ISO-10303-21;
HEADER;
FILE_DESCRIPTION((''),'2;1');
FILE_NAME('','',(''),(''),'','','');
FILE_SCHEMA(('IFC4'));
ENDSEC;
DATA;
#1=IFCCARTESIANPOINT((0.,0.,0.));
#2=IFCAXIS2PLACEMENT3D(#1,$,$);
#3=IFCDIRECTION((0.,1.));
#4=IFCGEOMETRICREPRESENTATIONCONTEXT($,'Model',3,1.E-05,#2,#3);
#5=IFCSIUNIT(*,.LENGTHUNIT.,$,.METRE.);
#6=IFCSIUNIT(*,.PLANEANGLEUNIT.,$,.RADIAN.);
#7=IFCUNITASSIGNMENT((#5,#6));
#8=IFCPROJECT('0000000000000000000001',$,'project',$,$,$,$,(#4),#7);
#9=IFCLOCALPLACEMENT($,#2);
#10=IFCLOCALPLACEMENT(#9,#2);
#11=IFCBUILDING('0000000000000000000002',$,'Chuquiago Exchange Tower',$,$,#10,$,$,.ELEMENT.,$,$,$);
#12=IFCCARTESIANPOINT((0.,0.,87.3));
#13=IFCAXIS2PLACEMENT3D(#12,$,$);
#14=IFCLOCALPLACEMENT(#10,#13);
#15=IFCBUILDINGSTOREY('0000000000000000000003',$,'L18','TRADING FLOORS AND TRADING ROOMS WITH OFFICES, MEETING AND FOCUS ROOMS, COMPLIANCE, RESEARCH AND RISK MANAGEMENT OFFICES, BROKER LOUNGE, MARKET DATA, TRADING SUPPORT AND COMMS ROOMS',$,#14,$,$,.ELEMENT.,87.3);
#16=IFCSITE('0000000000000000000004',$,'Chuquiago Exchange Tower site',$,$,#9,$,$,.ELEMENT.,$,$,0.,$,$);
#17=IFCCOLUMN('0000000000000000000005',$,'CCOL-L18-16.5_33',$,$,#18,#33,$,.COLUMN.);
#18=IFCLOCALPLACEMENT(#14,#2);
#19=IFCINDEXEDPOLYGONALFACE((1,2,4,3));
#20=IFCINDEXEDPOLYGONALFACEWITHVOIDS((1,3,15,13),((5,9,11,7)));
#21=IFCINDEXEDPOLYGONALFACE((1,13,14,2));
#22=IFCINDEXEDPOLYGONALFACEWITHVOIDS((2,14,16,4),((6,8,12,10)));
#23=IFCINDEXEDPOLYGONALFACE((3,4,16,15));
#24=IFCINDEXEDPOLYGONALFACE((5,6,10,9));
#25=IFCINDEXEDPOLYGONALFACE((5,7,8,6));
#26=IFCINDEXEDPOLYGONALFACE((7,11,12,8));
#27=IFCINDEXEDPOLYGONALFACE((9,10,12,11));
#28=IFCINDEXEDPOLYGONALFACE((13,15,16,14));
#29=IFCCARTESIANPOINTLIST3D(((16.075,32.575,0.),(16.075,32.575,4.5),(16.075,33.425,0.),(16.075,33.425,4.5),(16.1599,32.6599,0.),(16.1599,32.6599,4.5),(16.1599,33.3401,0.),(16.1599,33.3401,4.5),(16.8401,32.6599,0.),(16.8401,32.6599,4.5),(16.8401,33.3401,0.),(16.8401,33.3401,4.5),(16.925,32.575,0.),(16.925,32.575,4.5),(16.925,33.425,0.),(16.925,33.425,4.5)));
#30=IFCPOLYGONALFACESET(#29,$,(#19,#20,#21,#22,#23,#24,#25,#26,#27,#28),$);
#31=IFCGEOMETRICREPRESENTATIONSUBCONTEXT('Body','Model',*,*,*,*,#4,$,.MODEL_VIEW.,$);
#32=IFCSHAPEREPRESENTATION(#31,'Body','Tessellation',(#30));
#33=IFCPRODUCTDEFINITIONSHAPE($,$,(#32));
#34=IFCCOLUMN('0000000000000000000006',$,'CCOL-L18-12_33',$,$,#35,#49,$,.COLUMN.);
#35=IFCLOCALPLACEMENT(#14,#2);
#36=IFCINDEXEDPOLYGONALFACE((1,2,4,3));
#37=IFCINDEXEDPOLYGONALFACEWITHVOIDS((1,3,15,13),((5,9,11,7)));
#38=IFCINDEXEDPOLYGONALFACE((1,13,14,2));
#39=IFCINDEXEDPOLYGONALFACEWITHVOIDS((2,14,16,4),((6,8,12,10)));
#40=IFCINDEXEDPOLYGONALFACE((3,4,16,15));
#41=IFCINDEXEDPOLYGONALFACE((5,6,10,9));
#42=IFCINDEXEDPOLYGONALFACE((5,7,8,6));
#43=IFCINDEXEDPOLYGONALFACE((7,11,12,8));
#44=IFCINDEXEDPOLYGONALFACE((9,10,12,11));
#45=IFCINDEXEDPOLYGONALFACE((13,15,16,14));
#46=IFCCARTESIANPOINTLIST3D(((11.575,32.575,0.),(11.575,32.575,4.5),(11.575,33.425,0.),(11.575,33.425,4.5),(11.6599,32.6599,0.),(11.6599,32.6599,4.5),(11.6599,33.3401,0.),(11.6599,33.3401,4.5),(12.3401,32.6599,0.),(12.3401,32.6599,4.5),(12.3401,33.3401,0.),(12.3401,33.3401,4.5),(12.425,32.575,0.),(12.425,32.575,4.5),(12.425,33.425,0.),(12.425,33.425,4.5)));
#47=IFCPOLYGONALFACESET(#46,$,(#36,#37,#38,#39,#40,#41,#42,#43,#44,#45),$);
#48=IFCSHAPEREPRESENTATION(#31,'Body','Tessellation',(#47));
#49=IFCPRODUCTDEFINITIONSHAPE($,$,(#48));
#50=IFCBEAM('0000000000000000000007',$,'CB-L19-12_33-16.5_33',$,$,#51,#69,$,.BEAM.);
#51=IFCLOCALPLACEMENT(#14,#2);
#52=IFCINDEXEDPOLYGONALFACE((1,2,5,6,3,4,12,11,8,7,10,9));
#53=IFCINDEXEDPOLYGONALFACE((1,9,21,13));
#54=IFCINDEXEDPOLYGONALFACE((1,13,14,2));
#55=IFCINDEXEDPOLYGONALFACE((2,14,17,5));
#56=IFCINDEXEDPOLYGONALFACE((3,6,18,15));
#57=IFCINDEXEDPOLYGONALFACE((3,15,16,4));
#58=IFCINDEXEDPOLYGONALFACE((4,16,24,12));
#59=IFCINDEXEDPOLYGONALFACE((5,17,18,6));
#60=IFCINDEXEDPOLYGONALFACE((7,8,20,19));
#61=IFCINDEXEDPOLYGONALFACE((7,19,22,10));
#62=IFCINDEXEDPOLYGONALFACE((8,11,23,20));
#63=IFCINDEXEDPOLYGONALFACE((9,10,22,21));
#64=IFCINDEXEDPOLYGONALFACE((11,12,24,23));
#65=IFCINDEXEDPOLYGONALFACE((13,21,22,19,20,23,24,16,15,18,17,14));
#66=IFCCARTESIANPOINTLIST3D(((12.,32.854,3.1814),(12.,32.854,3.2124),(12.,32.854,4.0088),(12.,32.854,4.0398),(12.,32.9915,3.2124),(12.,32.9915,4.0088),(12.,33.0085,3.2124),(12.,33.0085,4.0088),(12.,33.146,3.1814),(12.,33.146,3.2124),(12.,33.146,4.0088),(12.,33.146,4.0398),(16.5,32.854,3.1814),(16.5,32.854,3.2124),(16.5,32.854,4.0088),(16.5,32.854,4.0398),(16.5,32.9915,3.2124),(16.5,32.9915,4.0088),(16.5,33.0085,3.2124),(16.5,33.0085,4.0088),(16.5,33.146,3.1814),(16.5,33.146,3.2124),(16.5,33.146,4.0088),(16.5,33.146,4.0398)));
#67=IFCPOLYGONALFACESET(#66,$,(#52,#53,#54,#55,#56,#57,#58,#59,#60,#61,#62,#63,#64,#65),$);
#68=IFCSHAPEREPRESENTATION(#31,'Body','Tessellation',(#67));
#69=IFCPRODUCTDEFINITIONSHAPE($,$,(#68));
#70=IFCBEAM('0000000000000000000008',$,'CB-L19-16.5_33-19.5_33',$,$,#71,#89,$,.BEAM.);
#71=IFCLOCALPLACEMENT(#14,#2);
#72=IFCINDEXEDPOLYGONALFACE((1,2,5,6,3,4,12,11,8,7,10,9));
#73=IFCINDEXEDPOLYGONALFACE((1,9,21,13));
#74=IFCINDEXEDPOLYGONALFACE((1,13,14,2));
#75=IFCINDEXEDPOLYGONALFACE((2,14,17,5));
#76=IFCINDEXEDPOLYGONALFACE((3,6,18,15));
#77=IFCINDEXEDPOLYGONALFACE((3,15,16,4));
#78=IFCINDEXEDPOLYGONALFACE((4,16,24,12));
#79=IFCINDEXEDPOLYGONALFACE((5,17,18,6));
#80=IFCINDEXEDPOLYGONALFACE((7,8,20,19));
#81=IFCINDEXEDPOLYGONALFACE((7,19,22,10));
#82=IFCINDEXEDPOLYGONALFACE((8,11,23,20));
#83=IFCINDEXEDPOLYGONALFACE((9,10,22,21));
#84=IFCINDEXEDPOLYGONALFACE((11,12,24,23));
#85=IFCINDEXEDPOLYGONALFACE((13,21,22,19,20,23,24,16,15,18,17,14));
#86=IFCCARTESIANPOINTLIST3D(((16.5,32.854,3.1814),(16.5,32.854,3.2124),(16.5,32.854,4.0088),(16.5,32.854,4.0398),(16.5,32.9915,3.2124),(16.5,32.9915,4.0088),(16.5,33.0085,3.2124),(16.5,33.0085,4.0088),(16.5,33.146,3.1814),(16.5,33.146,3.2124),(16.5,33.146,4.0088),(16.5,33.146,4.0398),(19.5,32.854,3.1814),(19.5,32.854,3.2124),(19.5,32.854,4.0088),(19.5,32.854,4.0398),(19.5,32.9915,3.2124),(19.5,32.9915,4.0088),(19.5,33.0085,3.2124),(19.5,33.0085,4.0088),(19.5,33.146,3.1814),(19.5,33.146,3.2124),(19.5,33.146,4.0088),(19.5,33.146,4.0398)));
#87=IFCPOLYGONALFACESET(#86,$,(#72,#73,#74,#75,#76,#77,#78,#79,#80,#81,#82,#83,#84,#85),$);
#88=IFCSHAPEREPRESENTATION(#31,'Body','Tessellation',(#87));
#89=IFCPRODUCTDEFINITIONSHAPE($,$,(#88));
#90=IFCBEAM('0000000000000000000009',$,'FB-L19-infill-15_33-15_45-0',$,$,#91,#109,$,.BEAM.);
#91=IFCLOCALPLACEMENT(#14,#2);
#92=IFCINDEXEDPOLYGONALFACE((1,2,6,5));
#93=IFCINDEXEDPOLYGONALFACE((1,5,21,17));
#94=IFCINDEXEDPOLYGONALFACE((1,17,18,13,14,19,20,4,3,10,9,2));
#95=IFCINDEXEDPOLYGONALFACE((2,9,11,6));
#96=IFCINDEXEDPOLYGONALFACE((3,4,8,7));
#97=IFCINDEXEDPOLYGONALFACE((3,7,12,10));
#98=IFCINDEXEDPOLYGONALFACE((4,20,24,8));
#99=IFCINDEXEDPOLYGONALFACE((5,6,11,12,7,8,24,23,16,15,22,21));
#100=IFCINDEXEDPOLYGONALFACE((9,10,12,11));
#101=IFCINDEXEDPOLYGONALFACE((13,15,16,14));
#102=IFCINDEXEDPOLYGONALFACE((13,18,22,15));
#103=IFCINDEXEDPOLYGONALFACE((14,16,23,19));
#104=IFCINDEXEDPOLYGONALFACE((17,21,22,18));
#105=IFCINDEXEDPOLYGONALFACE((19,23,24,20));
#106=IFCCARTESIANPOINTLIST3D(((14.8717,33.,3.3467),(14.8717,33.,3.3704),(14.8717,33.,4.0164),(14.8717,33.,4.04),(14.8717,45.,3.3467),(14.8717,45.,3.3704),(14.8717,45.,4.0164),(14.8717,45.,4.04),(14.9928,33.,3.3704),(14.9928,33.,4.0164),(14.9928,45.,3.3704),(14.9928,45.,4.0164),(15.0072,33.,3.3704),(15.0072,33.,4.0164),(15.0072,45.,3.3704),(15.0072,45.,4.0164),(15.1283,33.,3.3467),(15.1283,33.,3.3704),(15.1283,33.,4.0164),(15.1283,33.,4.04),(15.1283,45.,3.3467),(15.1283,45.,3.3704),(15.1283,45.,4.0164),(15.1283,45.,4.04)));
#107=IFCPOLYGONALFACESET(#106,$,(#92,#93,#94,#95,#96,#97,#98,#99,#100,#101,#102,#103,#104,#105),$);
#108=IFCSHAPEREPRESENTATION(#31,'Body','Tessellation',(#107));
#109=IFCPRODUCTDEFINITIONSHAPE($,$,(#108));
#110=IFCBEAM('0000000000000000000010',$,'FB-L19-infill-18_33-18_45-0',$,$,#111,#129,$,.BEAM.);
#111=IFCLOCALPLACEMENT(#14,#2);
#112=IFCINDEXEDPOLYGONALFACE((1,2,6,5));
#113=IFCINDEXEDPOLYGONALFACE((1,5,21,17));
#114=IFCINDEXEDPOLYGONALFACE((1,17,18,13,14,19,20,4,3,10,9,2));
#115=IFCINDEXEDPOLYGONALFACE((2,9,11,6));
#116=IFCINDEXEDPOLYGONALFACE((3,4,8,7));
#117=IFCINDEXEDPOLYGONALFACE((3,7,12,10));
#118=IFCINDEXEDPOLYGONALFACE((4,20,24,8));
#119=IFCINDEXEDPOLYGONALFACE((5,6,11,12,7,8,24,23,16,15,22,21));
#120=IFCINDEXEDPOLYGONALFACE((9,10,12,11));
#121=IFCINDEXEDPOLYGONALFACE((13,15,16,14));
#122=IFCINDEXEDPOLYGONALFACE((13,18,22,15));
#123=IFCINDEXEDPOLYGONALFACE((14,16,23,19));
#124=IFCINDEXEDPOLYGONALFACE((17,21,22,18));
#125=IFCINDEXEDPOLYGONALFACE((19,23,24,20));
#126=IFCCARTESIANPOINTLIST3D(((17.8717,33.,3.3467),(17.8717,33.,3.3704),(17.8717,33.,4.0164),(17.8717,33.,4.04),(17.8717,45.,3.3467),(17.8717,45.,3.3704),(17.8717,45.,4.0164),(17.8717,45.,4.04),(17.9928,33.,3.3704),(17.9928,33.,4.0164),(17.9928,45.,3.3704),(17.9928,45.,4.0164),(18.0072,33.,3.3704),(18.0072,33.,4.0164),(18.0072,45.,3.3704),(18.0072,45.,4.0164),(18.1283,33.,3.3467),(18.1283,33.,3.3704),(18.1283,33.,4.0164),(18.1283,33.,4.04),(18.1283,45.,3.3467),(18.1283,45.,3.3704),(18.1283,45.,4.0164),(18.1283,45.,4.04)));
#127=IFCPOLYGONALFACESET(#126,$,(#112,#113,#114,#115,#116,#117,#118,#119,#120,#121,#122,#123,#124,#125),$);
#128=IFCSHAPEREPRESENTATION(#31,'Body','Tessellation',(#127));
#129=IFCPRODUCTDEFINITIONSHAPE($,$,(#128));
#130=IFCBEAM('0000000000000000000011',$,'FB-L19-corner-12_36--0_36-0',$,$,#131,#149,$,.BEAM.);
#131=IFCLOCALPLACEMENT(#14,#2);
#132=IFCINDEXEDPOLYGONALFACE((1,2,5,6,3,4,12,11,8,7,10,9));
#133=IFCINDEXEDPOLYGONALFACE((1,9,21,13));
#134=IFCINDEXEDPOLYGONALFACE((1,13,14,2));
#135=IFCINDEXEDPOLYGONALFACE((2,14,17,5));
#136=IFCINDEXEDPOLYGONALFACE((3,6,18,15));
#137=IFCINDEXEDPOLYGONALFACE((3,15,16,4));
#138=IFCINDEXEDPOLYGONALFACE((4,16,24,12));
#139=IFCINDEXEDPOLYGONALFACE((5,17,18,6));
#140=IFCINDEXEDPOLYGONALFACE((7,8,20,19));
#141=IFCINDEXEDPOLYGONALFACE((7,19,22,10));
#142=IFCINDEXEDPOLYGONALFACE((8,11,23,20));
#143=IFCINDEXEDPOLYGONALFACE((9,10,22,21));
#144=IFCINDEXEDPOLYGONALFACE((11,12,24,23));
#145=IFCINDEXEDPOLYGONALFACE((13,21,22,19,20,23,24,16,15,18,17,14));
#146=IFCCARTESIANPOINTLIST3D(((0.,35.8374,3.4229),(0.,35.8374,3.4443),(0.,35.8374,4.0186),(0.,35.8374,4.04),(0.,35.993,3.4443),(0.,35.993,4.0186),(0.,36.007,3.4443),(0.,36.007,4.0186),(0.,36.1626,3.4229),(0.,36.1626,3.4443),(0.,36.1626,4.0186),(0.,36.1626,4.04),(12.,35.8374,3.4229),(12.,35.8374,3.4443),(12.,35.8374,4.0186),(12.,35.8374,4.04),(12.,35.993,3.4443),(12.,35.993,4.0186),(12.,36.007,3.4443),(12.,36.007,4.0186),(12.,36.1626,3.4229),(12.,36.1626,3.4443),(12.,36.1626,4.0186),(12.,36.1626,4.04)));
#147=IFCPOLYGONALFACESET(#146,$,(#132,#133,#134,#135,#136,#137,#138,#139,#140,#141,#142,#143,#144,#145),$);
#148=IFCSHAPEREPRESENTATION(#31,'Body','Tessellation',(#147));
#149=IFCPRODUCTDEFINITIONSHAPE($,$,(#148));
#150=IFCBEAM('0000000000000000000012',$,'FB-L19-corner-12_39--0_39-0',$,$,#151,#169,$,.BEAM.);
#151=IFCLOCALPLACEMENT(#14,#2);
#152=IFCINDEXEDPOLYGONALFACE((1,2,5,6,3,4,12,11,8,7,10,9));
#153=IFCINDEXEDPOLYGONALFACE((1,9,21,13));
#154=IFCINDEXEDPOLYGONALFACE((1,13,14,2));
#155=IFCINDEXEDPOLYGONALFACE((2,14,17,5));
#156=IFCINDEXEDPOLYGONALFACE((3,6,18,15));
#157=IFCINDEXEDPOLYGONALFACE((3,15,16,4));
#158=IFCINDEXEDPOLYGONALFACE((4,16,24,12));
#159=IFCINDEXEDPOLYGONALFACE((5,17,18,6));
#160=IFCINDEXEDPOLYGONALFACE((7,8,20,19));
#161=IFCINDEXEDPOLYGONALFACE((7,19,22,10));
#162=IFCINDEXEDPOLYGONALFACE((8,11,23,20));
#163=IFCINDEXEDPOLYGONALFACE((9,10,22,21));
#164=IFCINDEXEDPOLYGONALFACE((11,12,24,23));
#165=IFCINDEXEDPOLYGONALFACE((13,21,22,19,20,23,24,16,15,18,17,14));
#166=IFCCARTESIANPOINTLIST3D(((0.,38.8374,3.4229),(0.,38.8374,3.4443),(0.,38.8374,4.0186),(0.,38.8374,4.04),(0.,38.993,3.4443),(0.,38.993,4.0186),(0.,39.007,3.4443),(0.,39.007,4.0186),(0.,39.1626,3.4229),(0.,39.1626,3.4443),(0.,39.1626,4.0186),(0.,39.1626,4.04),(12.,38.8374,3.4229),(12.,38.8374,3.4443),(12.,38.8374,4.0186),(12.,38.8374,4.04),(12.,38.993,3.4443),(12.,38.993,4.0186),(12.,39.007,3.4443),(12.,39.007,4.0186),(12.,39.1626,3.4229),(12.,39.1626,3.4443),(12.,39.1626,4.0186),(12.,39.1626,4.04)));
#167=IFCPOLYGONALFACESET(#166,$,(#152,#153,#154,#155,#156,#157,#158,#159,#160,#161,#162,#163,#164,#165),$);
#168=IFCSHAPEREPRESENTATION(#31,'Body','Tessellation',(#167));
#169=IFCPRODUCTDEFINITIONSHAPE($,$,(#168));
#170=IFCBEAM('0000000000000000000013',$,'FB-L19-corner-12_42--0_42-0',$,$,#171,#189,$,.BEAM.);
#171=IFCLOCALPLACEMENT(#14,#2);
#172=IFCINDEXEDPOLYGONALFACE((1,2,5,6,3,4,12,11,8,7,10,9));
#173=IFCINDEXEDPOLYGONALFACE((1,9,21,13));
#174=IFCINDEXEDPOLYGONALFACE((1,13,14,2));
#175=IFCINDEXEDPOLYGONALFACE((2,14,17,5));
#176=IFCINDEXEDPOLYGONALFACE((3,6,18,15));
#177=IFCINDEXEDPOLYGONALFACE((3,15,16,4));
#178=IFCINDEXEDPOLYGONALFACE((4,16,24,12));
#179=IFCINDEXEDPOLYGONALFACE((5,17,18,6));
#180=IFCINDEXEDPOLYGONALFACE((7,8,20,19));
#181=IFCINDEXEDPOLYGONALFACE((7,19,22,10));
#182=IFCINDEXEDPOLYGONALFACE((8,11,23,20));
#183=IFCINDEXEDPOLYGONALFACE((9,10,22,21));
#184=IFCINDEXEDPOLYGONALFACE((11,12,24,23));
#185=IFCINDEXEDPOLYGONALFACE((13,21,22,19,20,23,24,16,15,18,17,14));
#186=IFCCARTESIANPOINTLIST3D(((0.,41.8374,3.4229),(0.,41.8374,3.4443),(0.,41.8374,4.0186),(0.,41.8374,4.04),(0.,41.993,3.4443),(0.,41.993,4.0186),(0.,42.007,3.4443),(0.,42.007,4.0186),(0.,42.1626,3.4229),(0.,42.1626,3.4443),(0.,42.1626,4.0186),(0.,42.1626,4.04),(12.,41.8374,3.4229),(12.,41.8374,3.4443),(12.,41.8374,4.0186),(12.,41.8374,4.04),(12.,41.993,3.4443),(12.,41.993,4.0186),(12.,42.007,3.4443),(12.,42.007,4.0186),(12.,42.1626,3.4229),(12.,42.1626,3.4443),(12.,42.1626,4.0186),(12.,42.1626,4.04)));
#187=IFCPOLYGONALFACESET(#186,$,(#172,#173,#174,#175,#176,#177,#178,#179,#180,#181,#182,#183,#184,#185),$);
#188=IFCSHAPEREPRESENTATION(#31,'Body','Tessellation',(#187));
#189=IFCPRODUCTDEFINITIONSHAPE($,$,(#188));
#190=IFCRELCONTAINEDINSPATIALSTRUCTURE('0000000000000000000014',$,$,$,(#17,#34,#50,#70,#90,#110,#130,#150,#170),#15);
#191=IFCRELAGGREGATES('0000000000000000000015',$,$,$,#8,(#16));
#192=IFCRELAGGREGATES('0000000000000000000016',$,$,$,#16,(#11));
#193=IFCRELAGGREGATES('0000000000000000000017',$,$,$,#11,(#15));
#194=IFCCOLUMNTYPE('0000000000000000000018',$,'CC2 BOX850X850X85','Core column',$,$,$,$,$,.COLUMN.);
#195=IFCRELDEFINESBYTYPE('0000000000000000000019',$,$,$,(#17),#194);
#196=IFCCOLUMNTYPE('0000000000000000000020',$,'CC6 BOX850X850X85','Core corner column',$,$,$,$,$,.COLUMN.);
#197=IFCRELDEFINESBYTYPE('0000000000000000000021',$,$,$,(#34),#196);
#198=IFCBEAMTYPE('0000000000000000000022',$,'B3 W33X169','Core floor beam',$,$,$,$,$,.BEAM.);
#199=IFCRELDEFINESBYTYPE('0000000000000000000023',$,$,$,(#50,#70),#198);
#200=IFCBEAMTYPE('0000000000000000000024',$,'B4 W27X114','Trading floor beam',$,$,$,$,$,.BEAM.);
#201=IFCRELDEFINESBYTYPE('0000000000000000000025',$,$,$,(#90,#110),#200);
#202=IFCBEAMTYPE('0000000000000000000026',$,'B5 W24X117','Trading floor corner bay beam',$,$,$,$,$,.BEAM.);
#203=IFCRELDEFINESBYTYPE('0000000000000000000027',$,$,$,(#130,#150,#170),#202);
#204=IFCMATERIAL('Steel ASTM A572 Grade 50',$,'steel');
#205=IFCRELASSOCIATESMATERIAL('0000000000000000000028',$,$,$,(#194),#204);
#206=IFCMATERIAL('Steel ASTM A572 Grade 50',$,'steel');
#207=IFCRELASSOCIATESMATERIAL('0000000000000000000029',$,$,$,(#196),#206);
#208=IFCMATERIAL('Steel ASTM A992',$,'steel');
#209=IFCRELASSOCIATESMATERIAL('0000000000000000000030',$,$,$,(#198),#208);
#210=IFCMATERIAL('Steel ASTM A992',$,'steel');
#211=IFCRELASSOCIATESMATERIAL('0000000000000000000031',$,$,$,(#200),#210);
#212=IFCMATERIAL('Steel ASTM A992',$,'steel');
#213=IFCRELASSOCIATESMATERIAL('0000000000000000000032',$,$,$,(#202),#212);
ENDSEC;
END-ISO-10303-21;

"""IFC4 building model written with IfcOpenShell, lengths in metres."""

from ifc_helpers import new_model, si_unit, direction, frame, origin, origin_2d, place, context, subcontext, project, spatial, hollow_rectangle, i_section, extrude, material, material_profile, profile_set, type_object, element, save


model = new_model("IFC4")

# Units and contexts
model_context = context("Model", 3, precision=1e-05, world=origin(), true_north=direction((0.0, 1.0)))
body_context = subcontext(model_context, "Body", "Model", "MODEL_VIEW")
ifc_project = project(units=[si_unit("LENGTHUNIT", "METRE"), si_unit("PLANEANGLEUNIT", "RADIAN")], contexts=[model_context])

# Site, building, storey
site_placement = place(None, origin())
site = spatial("IfcSite", under=ifc_project, at=site_placement, Name="Chuquiago Exchange Tower site", CompositionType="ELEMENT", RefElevation=0.0)
building_placement = place(site_placement, origin())
building = spatial("IfcBuilding", under=site, at=building_placement, Name="Chuquiago Exchange Tower", CompositionType="ELEMENT")
storey_placement = place(building_placement, frame((0.0, 0.0, 87.3)))
storey = spatial("IfcBuildingStorey", under=building, at=storey_placement, Name="L18", Description="TRADING FLOORS AND TRADING ROOMS WITH OFFICES, MEETING AND FOCUS ROOMS, COMPLIANCE, RESEARCH AND RISK MANAGEMENT OFFICES, BROKER LOUNGE, MARKET DATA, TRADING SUPPORT AND COMMS ROOMS", CompositionType="ELEMENT", Elevation=87.3)

# Columns
ifc_material_1 = material(Name="Steel ASTM A572 Grade 50", Category="steel")
ifc_material_profile_1 = material_profile(ifc_material_1, hollow_rectangle(XDim=0.8501, YDim=0.8501, WallThickness=0.085, at=origin_2d()), Name="BOX850X850X85")
ifc_profile_set_1 = profile_set([ifc_material_profile_1], Name="Steel ASTM A572 Grade 50")
column_type_1 = type_object("IfcColumnType", Name="CC2 BOX850X850X85", Description="Core column", PredefinedType="COLUMN", material=ifc_profile_set_1)
column_1_placement = place(storey_placement, frame((16.5, 33.0, 0.0), z_axis=(0.0, 0.0, 1.0), x_axis=(1.0, 0.0, 0.0)))
element("IfcColumn", 1, at=column_1_placement, inside=storey, type_object=column_type_1, Name="CCOL-L18-16.5_33", PredefinedType="COLUMN", context=body_context, shape_type="SweptSolid", body=[
    extrude(hollow_rectangle(XDim=0.8501, YDim=0.8501, WallThickness=0.085, at=origin_2d()), origin(), (0.0, 0.0, 1.0), 4.5),
])
ifc_material_2 = material(Name="Steel ASTM A572 Grade 50", Category="steel")
ifc_material_profile_2 = material_profile(ifc_material_2, hollow_rectangle(XDim=0.8501, YDim=0.8501, WallThickness=0.085, at=origin_2d()), Name="BOX850X850X85")
ifc_profile_set_2 = profile_set([ifc_material_profile_2], Name="Steel ASTM A572 Grade 50")
column_type_2 = type_object("IfcColumnType", Name="CC6 BOX850X850X85", Description="Core corner column", PredefinedType="COLUMN", material=ifc_profile_set_2)
column_2_placement = place(storey_placement, frame((12.0, 33.0, 0.0), z_axis=(0.0, 0.0, 1.0), x_axis=(1.0, 0.0, 0.0)))
element("IfcColumn", 2, at=column_2_placement, inside=storey, type_object=column_type_2, Name="CCOL-L18-12_33", PredefinedType="COLUMN", context=body_context, shape_type="SweptSolid", body=[
    extrude(hollow_rectangle(XDim=0.8501, YDim=0.8501, WallThickness=0.085, at=origin_2d()), origin(), (0.0, 0.0, 1.0), 4.5),
])

# Beams
ifc_material_3 = material(Name="Steel ASTM A992", Category="steel")
ifc_material_profile_3 = material_profile(ifc_material_3, i_section(OverallWidth=0.292, OverallDepth=0.8584, WebThickness=0.0171, FlangeThickness=0.031, at=origin_2d()), Name="W33X169")
ifc_profile_set_3 = profile_set([ifc_material_profile_3], Name="Steel ASTM A992")
beam_type_1 = type_object("IfcBeamType", Name="B3 W33X169", Description="Core floor beam", PredefinedType="BEAM", material=ifc_profile_set_3)
beam_1_placement = place(storey_placement, frame((12.0, 33.0, 3.6106), z_axis=(1.0, 0.0, 0.0), x_axis=(0.0, 1.0, 0.0)))
element("IfcBeam", 3, at=beam_1_placement, inside=storey, type_object=beam_type_1, Name="CB-L19-12_33-16.5_33", PredefinedType="BEAM", context=body_context, shape_type="SweptSolid", body=[
    extrude(i_section(OverallWidth=0.292, OverallDepth=0.8584, WebThickness=0.0171, FlangeThickness=0.031, at=origin_2d()), origin(), (0.0, 0.0, 1.0), 4.5),
])
beam_2_placement = place(storey_placement, frame((16.5, 33.0, 3.6106), z_axis=(1.0, 0.0, 0.0), x_axis=(0.0, 1.0, 0.0)))
element("IfcBeam", 4, at=beam_2_placement, inside=storey, type_object=beam_type_1, Name="CB-L19-16.5_33-19.5_33", PredefinedType="BEAM", context=body_context, shape_type="SweptSolid", body=[
    extrude(i_section(OverallWidth=0.292, OverallDepth=0.8584, WebThickness=0.0171, FlangeThickness=0.031, at=origin_2d()), origin(), (0.0, 0.0, 1.0), 3.0),
])
ifc_material_4 = material(Name="Steel ASTM A992", Category="steel")
ifc_material_profile_4 = material_profile(ifc_material_4, i_section(OverallWidth=0.2566, OverallDepth=0.6934, WebThickness=0.0144, FlangeThickness=0.0237, at=origin_2d()), Name="W27X114")
ifc_profile_set_4 = profile_set([ifc_material_profile_4], Name="Steel ASTM A992")
beam_type_2 = type_object("IfcBeamType", Name="B4 W27X114", Description="Trading floor beam", PredefinedType="BEAM", material=ifc_profile_set_4)
for number, where, z_axis, x_axis, name in (
    (5, (15.0, 33.0, 3.6934), (0.0, 1.0, 0.0), (-1.0, 0.0, 0.0), "FB-L19-infill-15_33-15_45-0"),
    (6, (18.0, 33.0, 3.6934), (0.0, 1.0, 0.0), (-1.0, 0.0, 0.0), "FB-L19-infill-18_33-18_45-0"),
):
    element("IfcBeam", number, at=place(storey_placement, frame(where, z_axis=z_axis, x_axis=x_axis)), inside=storey, type_object=beam_type_2, Name=name, PredefinedType="BEAM", context=body_context, shape_type="SweptSolid", body=[
        extrude(i_section(OverallWidth=0.2566, OverallDepth=0.6934, WebThickness=0.0144, FlangeThickness=0.0237, at=origin_2d()), origin(), (0.0, 0.0, 1.0), 12.0),
    ])
ifc_material_5 = material(Name="Steel ASTM A992", Category="steel")
ifc_material_profile_5 = material_profile(ifc_material_5, i_section(OverallWidth=0.3252, OverallDepth=0.6172, WebThickness=0.0139, FlangeThickness=0.0215, at=origin_2d()), Name="W24X117")
ifc_profile_set_5 = profile_set([ifc_material_profile_5], Name="Steel ASTM A992")
beam_type_3 = type_object("IfcBeamType", Name="B5 W24X117", Description="Trading floor corner bay beam", PredefinedType="BEAM", material=ifc_profile_set_5)
for number, where, z_axis, x_axis, name in (
    (7, (12.0, 36.0, 3.7314), (-1.0, 0.0, 0.0), (0.0, -1.0, 0.0), "FB-L19-corner-12_36--0_36-0"),
    (8, (12.0, 39.0, 3.7314), (-1.0, 0.0, 0.0), (0.0, -1.0, 0.0), "FB-L19-corner-12_39--0_39-0"),
    (9, (12.0, 42.0, 3.7314), (-1.0, 0.0, 0.0), (0.0, -1.0, 0.0), "FB-L19-corner-12_42--0_42-0"),
):
    element("IfcBeam", number, at=place(storey_placement, frame(where, z_axis=z_axis, x_axis=x_axis)), inside=storey, type_object=beam_type_3, Name=name, PredefinedType="BEAM", context=body_context, shape_type="SweptSolid", body=[
        extrude(i_section(OverallWidth=0.3252, OverallDepth=0.6172, WebThickness=0.0139, FlangeThickness=0.0215, at=origin_2d()), origin(), (0.0, 0.0, 1.0), 12.0),
    ])

save(model, "model.ifc")
